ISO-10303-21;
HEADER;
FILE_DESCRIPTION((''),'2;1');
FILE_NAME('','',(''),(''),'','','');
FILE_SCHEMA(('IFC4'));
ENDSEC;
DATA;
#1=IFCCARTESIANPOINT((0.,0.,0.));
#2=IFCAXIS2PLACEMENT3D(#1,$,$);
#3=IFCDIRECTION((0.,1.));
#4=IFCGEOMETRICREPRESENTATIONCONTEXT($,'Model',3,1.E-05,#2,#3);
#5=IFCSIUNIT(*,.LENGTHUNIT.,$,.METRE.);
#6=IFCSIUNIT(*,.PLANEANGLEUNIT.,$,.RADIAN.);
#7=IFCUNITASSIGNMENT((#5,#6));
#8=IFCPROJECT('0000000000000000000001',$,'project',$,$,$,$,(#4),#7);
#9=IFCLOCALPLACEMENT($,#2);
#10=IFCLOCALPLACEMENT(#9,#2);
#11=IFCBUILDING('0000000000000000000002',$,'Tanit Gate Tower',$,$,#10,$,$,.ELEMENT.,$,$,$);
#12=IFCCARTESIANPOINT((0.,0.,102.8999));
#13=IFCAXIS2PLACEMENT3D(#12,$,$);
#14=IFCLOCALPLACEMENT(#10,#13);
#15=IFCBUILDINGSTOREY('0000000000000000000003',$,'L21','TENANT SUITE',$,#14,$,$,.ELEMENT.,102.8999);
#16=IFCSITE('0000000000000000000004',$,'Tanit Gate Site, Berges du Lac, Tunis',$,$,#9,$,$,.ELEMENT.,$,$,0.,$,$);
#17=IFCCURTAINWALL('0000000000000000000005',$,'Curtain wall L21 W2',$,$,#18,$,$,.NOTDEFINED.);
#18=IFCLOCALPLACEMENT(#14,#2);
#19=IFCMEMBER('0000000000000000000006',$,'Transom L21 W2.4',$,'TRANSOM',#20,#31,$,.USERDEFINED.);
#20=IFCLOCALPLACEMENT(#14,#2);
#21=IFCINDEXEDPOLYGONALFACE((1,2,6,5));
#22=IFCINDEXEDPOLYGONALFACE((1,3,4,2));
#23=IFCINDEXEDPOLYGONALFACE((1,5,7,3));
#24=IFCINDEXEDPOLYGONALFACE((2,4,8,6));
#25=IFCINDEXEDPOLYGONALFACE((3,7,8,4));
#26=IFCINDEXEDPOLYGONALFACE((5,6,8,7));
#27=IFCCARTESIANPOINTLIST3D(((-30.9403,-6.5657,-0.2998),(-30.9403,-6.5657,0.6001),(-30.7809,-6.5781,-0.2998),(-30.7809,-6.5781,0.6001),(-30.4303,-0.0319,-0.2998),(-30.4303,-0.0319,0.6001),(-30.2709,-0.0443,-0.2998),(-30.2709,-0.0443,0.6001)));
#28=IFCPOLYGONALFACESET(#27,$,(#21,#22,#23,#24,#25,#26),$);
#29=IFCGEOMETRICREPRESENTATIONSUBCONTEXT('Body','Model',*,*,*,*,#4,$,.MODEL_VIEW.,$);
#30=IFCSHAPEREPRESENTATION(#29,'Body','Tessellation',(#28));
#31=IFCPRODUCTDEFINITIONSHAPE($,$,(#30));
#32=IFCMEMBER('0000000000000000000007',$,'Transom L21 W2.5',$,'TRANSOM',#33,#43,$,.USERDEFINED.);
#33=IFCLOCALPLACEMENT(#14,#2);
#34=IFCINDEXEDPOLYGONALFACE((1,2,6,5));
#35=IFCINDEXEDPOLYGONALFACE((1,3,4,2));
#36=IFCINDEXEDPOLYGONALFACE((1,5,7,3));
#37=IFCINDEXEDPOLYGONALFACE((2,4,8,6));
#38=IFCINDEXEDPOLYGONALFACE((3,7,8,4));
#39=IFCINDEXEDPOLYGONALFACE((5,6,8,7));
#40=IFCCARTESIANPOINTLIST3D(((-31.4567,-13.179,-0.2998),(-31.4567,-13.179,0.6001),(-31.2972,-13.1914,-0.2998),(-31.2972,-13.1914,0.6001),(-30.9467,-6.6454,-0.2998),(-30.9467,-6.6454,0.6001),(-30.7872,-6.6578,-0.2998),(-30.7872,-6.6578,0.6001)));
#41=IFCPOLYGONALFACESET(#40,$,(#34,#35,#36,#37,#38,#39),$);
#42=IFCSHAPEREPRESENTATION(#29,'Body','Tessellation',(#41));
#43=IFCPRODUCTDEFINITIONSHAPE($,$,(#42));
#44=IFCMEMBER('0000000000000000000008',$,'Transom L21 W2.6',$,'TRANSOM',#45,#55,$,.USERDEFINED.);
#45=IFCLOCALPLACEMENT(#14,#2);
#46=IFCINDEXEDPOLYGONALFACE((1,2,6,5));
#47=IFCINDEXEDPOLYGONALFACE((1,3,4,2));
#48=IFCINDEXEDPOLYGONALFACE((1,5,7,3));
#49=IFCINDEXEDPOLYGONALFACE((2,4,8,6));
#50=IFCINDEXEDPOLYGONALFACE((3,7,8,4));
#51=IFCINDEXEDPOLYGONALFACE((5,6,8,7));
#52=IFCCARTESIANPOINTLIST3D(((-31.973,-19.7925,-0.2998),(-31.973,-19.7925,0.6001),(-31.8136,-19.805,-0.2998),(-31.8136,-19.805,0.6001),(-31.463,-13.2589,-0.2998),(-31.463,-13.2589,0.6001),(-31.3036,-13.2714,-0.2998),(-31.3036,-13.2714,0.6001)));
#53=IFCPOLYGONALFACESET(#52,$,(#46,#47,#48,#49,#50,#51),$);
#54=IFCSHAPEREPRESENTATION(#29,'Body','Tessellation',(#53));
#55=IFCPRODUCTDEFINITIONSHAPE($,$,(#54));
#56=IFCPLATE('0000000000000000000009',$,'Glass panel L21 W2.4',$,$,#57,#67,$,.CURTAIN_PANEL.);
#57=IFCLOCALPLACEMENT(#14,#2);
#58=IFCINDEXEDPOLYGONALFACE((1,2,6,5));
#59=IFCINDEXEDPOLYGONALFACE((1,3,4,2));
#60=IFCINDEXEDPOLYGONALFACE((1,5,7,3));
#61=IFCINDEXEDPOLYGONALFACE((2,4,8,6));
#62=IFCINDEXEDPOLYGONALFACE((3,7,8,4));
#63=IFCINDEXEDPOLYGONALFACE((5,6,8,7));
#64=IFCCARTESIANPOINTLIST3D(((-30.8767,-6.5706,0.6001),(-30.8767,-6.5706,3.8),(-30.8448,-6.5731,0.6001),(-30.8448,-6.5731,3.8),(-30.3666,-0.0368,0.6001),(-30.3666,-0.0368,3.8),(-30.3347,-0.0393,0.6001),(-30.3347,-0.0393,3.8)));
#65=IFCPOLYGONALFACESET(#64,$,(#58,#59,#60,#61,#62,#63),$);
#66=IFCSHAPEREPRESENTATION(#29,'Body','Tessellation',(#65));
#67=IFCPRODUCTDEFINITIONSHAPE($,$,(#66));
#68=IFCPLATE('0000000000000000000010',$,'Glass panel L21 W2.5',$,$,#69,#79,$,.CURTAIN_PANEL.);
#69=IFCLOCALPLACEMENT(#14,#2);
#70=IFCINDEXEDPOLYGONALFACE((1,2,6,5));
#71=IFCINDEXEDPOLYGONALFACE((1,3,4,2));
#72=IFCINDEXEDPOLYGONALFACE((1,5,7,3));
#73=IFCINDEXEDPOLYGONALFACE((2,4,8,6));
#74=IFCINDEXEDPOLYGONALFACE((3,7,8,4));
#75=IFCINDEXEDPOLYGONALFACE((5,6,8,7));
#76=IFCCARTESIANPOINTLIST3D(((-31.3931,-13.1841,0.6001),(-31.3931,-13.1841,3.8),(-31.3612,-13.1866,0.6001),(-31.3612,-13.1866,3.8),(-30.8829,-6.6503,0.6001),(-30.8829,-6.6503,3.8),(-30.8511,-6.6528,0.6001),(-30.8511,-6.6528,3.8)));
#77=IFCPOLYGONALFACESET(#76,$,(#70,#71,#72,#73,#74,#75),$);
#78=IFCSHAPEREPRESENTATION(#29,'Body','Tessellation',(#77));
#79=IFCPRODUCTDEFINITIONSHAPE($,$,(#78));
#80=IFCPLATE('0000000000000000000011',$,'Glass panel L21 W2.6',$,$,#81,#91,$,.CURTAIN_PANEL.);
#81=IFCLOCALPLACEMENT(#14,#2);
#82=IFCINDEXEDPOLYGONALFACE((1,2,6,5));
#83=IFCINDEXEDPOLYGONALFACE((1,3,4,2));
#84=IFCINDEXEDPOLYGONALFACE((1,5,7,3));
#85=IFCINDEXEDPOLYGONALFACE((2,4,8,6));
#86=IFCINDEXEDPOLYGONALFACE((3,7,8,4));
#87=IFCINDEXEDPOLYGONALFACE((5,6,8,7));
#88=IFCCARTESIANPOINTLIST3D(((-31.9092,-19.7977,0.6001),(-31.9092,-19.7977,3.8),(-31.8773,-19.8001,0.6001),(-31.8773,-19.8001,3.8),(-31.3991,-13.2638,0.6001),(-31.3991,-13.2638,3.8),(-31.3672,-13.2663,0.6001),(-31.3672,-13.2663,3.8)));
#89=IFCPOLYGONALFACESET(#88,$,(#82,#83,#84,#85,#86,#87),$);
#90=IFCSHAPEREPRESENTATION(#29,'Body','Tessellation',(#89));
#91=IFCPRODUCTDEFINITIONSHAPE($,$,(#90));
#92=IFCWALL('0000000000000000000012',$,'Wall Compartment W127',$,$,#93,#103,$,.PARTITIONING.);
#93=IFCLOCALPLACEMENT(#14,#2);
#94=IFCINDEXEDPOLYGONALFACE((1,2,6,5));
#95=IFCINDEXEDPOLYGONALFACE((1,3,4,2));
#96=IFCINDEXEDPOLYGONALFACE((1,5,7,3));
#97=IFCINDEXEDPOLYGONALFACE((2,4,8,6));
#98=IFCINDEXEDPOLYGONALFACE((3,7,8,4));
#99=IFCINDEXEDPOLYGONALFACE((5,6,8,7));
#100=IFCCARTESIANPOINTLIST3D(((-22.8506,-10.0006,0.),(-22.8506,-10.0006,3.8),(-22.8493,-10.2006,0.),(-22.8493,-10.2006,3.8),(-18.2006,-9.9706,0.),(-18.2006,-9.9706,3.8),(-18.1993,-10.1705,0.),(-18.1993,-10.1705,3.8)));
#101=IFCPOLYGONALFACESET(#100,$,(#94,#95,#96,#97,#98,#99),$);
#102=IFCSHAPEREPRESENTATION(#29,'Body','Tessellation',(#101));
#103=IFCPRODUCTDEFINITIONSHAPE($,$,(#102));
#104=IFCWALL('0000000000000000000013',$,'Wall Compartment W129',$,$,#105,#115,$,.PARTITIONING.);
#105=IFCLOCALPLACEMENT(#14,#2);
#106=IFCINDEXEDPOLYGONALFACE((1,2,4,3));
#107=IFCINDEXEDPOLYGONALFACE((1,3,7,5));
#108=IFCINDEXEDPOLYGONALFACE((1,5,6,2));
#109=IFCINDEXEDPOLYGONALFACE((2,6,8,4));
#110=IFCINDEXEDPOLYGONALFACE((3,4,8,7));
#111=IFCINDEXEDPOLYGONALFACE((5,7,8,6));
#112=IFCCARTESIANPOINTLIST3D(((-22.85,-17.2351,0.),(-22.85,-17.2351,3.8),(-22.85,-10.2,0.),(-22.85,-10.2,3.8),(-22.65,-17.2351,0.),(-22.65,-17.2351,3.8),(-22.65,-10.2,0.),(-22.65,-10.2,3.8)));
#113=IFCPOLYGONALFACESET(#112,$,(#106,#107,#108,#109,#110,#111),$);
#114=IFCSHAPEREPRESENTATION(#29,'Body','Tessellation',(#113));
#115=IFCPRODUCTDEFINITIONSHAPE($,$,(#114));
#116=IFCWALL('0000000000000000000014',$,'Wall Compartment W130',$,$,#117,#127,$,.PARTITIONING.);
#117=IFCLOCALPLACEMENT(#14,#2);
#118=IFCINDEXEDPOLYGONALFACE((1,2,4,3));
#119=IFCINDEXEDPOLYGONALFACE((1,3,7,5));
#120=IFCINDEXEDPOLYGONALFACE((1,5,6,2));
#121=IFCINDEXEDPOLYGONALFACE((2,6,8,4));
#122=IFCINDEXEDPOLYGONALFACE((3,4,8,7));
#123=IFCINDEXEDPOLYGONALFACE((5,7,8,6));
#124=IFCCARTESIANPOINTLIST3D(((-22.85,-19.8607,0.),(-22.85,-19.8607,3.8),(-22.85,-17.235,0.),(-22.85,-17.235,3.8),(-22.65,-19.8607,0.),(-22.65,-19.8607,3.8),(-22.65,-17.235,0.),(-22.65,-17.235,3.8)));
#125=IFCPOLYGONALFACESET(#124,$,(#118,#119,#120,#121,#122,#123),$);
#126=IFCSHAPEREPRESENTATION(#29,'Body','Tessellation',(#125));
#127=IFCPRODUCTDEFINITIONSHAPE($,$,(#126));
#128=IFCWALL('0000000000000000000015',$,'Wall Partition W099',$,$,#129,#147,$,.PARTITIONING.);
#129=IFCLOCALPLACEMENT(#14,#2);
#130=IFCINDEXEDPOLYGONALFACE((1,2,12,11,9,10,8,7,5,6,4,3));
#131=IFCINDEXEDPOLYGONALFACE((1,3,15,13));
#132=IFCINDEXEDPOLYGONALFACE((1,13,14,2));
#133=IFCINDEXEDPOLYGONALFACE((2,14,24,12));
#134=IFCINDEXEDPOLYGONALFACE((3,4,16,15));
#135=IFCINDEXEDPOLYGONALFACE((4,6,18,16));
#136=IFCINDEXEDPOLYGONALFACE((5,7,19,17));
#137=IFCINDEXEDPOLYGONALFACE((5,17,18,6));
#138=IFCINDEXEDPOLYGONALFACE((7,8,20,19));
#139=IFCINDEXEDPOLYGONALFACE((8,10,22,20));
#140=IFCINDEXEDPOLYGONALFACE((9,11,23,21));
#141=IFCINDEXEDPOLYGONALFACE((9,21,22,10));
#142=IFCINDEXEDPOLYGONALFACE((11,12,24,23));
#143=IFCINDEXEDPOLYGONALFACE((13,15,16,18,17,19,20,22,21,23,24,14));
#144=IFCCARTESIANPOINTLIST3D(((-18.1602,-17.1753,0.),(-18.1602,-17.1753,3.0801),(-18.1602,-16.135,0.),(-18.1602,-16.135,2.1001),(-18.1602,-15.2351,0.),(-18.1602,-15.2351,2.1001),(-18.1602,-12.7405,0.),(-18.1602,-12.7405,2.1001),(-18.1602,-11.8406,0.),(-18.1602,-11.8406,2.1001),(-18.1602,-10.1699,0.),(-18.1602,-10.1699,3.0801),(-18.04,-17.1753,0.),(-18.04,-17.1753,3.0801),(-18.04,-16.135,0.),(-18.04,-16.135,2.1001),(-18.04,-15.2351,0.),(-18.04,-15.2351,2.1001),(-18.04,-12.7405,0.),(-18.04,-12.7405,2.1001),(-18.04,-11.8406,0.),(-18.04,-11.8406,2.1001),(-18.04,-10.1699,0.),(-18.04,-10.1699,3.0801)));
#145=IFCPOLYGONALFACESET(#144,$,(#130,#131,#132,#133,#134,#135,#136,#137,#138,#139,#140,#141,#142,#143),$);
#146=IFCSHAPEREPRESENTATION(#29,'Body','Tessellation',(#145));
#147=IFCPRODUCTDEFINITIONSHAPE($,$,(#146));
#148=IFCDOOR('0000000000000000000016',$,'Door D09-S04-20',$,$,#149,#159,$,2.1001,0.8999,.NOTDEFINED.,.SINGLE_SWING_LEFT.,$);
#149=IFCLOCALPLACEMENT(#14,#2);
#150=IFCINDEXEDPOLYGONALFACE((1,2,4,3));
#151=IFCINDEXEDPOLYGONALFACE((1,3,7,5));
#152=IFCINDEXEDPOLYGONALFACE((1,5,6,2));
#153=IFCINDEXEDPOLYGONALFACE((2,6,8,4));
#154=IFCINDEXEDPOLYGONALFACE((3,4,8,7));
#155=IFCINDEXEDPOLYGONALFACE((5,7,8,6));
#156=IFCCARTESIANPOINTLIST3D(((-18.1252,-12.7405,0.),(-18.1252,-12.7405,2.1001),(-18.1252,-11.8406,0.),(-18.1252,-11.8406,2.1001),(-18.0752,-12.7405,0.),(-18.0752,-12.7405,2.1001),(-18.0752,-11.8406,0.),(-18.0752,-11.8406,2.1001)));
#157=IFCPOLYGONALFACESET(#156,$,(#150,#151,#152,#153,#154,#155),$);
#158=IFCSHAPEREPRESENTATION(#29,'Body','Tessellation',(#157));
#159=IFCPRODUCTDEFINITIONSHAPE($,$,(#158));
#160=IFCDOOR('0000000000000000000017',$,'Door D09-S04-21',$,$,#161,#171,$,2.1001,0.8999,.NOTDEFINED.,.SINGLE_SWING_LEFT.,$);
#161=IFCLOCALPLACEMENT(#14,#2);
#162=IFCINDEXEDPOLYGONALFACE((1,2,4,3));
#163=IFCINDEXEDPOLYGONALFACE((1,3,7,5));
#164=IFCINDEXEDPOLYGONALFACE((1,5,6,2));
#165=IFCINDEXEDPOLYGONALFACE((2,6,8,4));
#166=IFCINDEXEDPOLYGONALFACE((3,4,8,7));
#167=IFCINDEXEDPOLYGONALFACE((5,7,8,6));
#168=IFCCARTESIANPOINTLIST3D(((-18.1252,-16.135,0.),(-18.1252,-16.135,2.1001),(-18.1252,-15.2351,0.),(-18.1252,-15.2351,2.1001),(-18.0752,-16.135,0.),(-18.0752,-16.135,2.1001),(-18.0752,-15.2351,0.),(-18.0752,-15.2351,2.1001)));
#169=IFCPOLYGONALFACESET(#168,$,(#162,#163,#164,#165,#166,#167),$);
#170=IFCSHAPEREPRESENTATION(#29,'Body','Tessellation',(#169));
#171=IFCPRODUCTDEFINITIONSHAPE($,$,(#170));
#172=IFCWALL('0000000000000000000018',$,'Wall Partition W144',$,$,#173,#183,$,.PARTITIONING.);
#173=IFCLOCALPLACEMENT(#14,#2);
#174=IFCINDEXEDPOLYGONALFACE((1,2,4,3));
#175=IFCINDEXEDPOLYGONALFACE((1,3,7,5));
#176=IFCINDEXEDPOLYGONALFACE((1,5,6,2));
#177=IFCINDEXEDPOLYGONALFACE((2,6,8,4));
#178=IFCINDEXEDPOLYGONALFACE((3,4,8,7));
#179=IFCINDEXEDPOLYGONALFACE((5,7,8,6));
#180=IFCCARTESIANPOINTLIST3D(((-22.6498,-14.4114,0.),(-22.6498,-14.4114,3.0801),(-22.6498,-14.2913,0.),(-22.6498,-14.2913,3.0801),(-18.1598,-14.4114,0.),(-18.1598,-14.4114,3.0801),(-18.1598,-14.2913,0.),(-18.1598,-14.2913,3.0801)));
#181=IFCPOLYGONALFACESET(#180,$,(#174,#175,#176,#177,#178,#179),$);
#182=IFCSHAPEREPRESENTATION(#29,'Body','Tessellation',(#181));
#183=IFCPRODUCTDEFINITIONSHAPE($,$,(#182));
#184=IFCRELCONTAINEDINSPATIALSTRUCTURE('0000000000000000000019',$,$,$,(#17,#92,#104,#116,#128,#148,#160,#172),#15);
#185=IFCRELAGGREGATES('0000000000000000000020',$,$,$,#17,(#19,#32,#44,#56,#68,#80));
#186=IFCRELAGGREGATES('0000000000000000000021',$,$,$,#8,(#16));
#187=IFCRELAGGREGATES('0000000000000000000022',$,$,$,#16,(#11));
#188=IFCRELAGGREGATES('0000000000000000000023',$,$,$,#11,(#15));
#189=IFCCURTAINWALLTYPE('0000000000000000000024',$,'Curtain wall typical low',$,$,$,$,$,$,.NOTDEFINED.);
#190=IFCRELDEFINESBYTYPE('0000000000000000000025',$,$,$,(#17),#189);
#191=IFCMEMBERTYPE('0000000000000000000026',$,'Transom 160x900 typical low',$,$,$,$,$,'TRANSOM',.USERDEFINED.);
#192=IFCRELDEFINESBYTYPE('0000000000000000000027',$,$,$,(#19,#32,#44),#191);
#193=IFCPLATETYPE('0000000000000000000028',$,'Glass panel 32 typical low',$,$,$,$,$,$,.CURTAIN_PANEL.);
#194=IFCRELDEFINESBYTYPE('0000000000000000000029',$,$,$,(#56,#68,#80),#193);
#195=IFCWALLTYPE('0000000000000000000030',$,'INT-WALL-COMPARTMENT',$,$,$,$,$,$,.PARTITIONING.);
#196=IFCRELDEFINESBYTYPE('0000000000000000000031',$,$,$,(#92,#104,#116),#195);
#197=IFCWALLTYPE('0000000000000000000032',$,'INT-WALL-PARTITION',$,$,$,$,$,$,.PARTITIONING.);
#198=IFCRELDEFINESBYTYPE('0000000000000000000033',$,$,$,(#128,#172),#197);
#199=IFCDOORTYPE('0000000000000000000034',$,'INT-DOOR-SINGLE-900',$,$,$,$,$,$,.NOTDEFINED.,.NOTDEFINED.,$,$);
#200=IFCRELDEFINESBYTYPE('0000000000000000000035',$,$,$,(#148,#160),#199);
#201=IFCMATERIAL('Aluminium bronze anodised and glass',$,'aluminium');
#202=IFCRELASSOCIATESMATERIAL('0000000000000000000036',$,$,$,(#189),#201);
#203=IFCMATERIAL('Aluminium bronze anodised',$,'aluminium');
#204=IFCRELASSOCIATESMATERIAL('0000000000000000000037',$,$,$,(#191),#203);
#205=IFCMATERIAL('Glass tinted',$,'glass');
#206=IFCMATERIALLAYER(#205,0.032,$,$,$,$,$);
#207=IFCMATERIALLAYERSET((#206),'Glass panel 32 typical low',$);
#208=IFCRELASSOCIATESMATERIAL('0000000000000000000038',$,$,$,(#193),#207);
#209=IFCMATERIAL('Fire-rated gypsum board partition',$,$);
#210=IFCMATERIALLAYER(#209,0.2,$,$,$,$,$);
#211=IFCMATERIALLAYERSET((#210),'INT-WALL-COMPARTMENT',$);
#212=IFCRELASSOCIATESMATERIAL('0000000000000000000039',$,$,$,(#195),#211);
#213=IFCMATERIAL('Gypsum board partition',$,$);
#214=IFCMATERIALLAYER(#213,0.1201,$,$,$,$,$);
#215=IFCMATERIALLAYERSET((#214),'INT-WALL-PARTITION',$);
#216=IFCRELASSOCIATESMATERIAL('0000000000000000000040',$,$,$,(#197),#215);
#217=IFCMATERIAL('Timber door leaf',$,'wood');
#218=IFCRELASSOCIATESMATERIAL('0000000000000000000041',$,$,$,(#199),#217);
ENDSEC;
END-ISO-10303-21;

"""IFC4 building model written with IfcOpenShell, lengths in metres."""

from ifc_helpers import new_model, si_unit, direction, frame, frame_2d, origin, origin_2d, place, context, subcontext, project, spatial, rectangle, extrude, material, layer, layer_set, material_profile, profile_set, type_object, element, fill, aggregate, save


model = new_model("IFC4")

# Units and contexts
model_context = context("Model", 3, precision=1e-05, world=origin(), true_north=direction((0.0, 1.0)))
body_context = subcontext(model_context, "Body", "Model", "MODEL_VIEW")
ifc_project = project(units=[si_unit("LENGTHUNIT", "METRE"), si_unit("PLANEANGLEUNIT", "RADIAN")], contexts=[model_context])

# Site, building, storey
site_placement = place(None, origin())
site = spatial("IfcSite", under=ifc_project, at=site_placement, Name="Tanit Gate Site, Berges du Lac, Tunis", CompositionType="ELEMENT", RefElevation=0.0)
building_placement = place(site_placement, origin())
building = spatial("IfcBuilding", under=site, at=building_placement, Name="Tanit Gate Tower", CompositionType="ELEMENT")
storey_placement = place(building_placement, frame((0.0, 0.0, 102.8999)))
storey = spatial("IfcBuildingStorey", under=building, at=storey_placement, Name="L21", Description="TENANT SUITE", CompositionType="ELEMENT", Elevation=102.8999)

# Curtain wall
ifc_material_1 = material(Name="Aluminium bronze anodised and glass", Category="aluminium")
curtain_wall_type = type_object("IfcCurtainWallType", Name="Curtain wall typical low", PredefinedType="NOTDEFINED", material=ifc_material_1)
curtain_wall_placement = place(storey_placement, origin())
curtain_wall = element("IfcCurtainWall", 1, at=curtain_wall_placement, inside=storey, type_object=curtain_wall_type, Name="Curtain wall L21 W2", PredefinedType="NOTDEFINED")

# Members
ifc_material_2 = material(Name="Aluminium bronze anodised", Category="aluminium")
ifc_material_profile_1 = material_profile(ifc_material_2, rectangle(XDim=0.1599, YDim=0.8999, at=origin_2d()), Name="160x900 bronze transom")
ifc_profile_set_1 = profile_set([ifc_material_profile_1], Name="Aluminium bronze anodised")
member_type_1 = type_object("IfcMemberType", Name="Transom 160x900 typical low", ElementType="TRANSOM", PredefinedType="USERDEFINED", material=ifc_profile_set_1)
member_1_placement = place(storey_placement, frame((-30.3506, -0.0381, 0.1501), z_axis=(-0.077819, -0.996968, 0.0), x_axis=(0.996968, -0.077819, 0.0)))
member_1 = element("IfcMember", 2, at=member_1_placement, type_object=member_type_1, Name="Transom L21 W2.4", ObjectType="TRANSOM", PredefinedType="USERDEFINED", context=body_context, shape_type="SweptSolid", body=[
    extrude(rectangle(XDim=0.1599, YDim=0.8999, at=origin_2d()), origin(), (0.0, 0.0, 1.0), 6.5537),
])
member_2_placement = place(storey_placement, frame((-30.8669, -6.6516, 0.1501), z_axis=(-0.077822, -0.996967, 0.0), x_axis=(0.996967, -0.077822, 0.0)))
member_2 = element("IfcMember", 3, at=member_2_placement, type_object=member_type_1, Name="Transom L21 W2.5", ObjectType="TRANSOM", PredefinedType="USERDEFINED", context=body_context, shape_type="SweptSolid", body=[
    extrude(rectangle(XDim=0.1599, YDim=0.8999, at=origin_2d()), origin(), (0.0, 0.0, 1.0), 6.5535),
])
member_3_placement = place(storey_placement, frame((-31.3833, -13.2651, 0.1501), z_axis=(-0.077822, -0.996967, 0.0), x_axis=(0.996967, -0.077822, 0.0)))
member_3 = element("IfcMember", 4, at=member_3_placement, type_object=member_type_1, Name="Transom L21 W2.6", ObjectType="TRANSOM", PredefinedType="USERDEFINED", context=body_context, shape_type="SweptSolid", body=[
    extrude(rectangle(XDim=0.1599, YDim=0.8999, at=origin_2d()), origin(), (0.0, 0.0, 1.0), 6.5535),
])

# Plates
ifc_material_3 = material(Name="Glass tinted", Category="glass")
ifc_layer_1 = layer(ifc_material_3, 0.032)
ifc_layer_set_1 = layer_set([ifc_layer_1], Name="Glass panel 32 typical low")
plate_type = type_object("IfcPlateType", Name="Glass panel 32 typical low", PredefinedType="CURTAIN_PANEL", material=ifc_layer_set_1)
plate_1_placement = place(storey_placement, frame((-30.6057, -3.3049, 0.6001), z_axis=(0.0, 0.0, 1.0), x_axis=(-0.077839, -0.996966, 0.0)))
plate_1 = element("IfcPlate", 5, at=plate_1_placement, type_object=plate_type, Name="Glass panel L21 W2.4", PredefinedType="CURTAIN_PANEL", context=body_context, shape_type="SweptSolid", body=[
    extrude(rectangle(XDim=6.5537, YDim=0.032, at=origin_2d()), origin(), (0.0, 0.0, 1.0), 3.2),
])
plate_2_placement = place(storey_placement, frame((-31.1221, -9.9185, 0.6001), z_axis=(0.0, 0.0, 1.0), x_axis=(-0.077839, -0.996966, 0.0)))
plate_2 = element("IfcPlate", 6, at=plate_2_placement, type_object=plate_type, Name="Glass panel L21 W2.5", PredefinedType="CURTAIN_PANEL", context=body_context, shape_type="SweptSolid", body=[
    extrude(rectangle(XDim=6.5537, YDim=0.032, at=origin_2d()), origin(), (0.0, 0.0, 1.0), 3.2),
])
plate_3_placement = place(storey_placement, frame((-31.6382, -16.532, 0.6001), z_axis=(0.0, 0.0, 1.0), x_axis=(-0.077839, -0.996966, 0.0)))
plate_3 = element("IfcPlate", 7, at=plate_3_placement, type_object=plate_type, Name="Glass panel L21 W2.6", PredefinedType="CURTAIN_PANEL", context=body_context, shape_type="SweptSolid", body=[
    extrude(rectangle(XDim=6.5537, YDim=0.032, at=origin_2d()), origin(), (0.0, 0.0, 1.0), 3.2),
])
aggregate(curtain_wall, [member_1, member_2, member_3, plate_1, plate_2, plate_3])

# Walls
ifc_material_4 = material(Name="Fire-rated gypsum board partition")
ifc_layer_2 = layer(ifc_material_4, 0.2)
ifc_layer_set_2 = layer_set([ifc_layer_2], Name="INT-WALL-COMPARTMENT")
wall_type_1 = type_object("IfcWallType", Name="INT-WALL-COMPARTMENT", PredefinedType="PARTITIONING", material=ifc_layer_set_2)
wall_1_placement = place(storey_placement, frame((-22.8501, -10.1006, 0.0), z_axis=(0.0, 0.0, 1.0), x_axis=(0.999979, 0.006458, 0.0)))
element("IfcWall", 8, at=wall_1_placement, inside=storey, type_object=wall_type_1, Name="Wall Compartment W127", PredefinedType="PARTITIONING", context=body_context, shape_type="SweptSolid", body=[
    extrude(rectangle(XDim=4.6501, YDim=0.2, at=frame_2d((2.3252, 0.0))), origin(), (0.0, 0.0, 1.0), 3.8),
])
wall_2_placement = place(storey_placement, frame((-22.75, -17.2351, 0.0), z_axis=(0.0, 0.0, 1.0), x_axis=(0.0, 1.0, 0.0)))
element("IfcWall", 9, at=wall_2_placement, inside=storey, type_object=wall_type_1, Name="Wall Compartment W129", PredefinedType="PARTITIONING", context=body_context, shape_type="SweptSolid", body=[
    extrude(rectangle(XDim=7.0352, YDim=0.2, at=frame_2d((3.5176, 0.0))), origin(), (0.0, 0.0, 1.0), 3.8),
])
wall_3_placement = place(storey_placement, frame((-22.75, -19.8608, 0.0), z_axis=(0.0, 0.0, 1.0), x_axis=(0.0, 1.0, 0.0)))
element("IfcWall", 10, at=wall_3_placement, inside=storey, type_object=wall_type_1, Name="Wall Compartment W130", PredefinedType="PARTITIONING", context=body_context, shape_type="SweptSolid", body=[
    extrude(rectangle(XDim=2.6257, YDim=0.2, at=frame_2d((1.313, 0.0))), origin(), (0.0, 0.0, 1.0), 3.8),
])

# Wall, openings, doors
ifc_material_5 = material(Name="Gypsum board partition")
ifc_layer_3 = layer(ifc_material_5, 0.1201)
ifc_layer_set_3 = layer_set([ifc_layer_3], Name="INT-WALL-PARTITION")
wall_type_2 = type_object("IfcWallType", Name="INT-WALL-PARTITION", PredefinedType="PARTITIONING", material=ifc_layer_set_3)
wall_4_placement = place(storey_placement, frame((-18.1001, -10.1699, 0.0), z_axis=(0.0, 0.0, 1.0), x_axis=(0.0, -1.0, 0.0)))
wall_4 = element("IfcWall", 11, at=wall_4_placement, inside=storey, type_object=wall_type_2, Name="Wall Partition W099", PredefinedType="PARTITIONING", context=body_context, shape_type="SweptSolid", body=[
    extrude(rectangle(XDim=7.0054, YDim=0.1201, at=frame_2d((3.5027, 0.0))), origin(), (0.0, 0.0, 1.0), 3.0801),
])
opening_1_placement = place(wall_4_placement, frame((1.6707, 0.0, 0.0)))
opening_1 = element("IfcOpeningElement", 12, at=opening_1_placement, cuts=wall_4, PredefinedType="OPENING", context=body_context, shape_type="SweptSolid", body=[
    extrude(rectangle(XDim=0.8999, YDim=2.1001, at=frame_2d((0.45, 1.05))), frame((0.0, 0.0701, 0.0), z_axis=(0.0, -1.0, 0.0), x_axis=(1.0, 0.0, 0.0)), (0.0, 0.0, 1.0), 0.1401),
])
opening_2_placement = place(wall_4_placement, frame((5.0652, 0.0, 0.0)))
opening_2 = element("IfcOpeningElement", 13, at=opening_2_placement, cuts=wall_4, PredefinedType="OPENING", context=body_context, shape_type="SweptSolid", body=[
    extrude(rectangle(XDim=0.8999, YDim=2.1001, at=frame_2d((0.45, 1.05))), frame((0.0, 0.0701, 0.0), z_axis=(0.0, -1.0, 0.0), x_axis=(1.0, 0.0, 0.0)), (0.0, 0.0, 1.0), 0.1401),
])
ifc_material_6 = material(Name="Timber door leaf", Category="wood")
door_type = type_object("IfcDoorType", Name="INT-DOOR-SINGLE-900", OperationType="NOTDEFINED", PredefinedType="NOTDEFINED", material=ifc_material_6)
door_1_placement = place(opening_1_placement, origin())
door_1 = element("IfcDoor", 14, at=door_1_placement, inside=storey, type_object=door_type, Name="Door D09-S04-20", OperationType="SINGLE_SWING_LEFT", OverallHeight=2.1001, OverallWidth=0.8999, PredefinedType="NOTDEFINED", context=body_context, shape_type="SweptSolid", body=[
    extrude(rectangle(XDim=0.8999, YDim=2.1001, at=frame_2d((0.45, 1.05))), frame((0.0, 0.0249, 0.0), z_axis=(0.0, -1.0, 0.0), x_axis=(1.0, 0.0, 0.0)), (0.0, 0.0, 1.0), 0.05),
])
fill(opening_1, door_1)
door_2_placement = place(opening_2_placement, origin())
door_2 = element("IfcDoor", 15, at=door_2_placement, inside=storey, type_object=door_type, Name="Door D09-S04-21", OperationType="SINGLE_SWING_LEFT", OverallHeight=2.1001, OverallWidth=0.8999, PredefinedType="NOTDEFINED", context=body_context, shape_type="SweptSolid", body=[
    extrude(rectangle(XDim=0.8999, YDim=2.1001, at=frame_2d((0.45, 1.05))), frame((0.0, 0.0249, 0.0), z_axis=(0.0, -1.0, 0.0), x_axis=(1.0, 0.0, 0.0)), (0.0, 0.0, 1.0), 0.05),
])
fill(opening_2, door_2)

# Wall
wall_5_placement = place(storey_placement, frame((-22.6499, -14.3513, 0.0), z_axis=(0.0, 0.0, 1.0), x_axis=(1.0, 0.0, 0.0)))
element("IfcWall", 16, at=wall_5_placement, inside=storey, type_object=wall_type_2, Name="Wall Partition W144", PredefinedType="PARTITIONING", context=body_context, shape_type="SweptSolid", body=[
    extrude(rectangle(XDim=4.49, YDim=0.1201, at=frame_2d((2.2451, 0.0))), origin(), (0.0, 0.0, 1.0), 3.0801),
])

save(model, "model.ifc")
